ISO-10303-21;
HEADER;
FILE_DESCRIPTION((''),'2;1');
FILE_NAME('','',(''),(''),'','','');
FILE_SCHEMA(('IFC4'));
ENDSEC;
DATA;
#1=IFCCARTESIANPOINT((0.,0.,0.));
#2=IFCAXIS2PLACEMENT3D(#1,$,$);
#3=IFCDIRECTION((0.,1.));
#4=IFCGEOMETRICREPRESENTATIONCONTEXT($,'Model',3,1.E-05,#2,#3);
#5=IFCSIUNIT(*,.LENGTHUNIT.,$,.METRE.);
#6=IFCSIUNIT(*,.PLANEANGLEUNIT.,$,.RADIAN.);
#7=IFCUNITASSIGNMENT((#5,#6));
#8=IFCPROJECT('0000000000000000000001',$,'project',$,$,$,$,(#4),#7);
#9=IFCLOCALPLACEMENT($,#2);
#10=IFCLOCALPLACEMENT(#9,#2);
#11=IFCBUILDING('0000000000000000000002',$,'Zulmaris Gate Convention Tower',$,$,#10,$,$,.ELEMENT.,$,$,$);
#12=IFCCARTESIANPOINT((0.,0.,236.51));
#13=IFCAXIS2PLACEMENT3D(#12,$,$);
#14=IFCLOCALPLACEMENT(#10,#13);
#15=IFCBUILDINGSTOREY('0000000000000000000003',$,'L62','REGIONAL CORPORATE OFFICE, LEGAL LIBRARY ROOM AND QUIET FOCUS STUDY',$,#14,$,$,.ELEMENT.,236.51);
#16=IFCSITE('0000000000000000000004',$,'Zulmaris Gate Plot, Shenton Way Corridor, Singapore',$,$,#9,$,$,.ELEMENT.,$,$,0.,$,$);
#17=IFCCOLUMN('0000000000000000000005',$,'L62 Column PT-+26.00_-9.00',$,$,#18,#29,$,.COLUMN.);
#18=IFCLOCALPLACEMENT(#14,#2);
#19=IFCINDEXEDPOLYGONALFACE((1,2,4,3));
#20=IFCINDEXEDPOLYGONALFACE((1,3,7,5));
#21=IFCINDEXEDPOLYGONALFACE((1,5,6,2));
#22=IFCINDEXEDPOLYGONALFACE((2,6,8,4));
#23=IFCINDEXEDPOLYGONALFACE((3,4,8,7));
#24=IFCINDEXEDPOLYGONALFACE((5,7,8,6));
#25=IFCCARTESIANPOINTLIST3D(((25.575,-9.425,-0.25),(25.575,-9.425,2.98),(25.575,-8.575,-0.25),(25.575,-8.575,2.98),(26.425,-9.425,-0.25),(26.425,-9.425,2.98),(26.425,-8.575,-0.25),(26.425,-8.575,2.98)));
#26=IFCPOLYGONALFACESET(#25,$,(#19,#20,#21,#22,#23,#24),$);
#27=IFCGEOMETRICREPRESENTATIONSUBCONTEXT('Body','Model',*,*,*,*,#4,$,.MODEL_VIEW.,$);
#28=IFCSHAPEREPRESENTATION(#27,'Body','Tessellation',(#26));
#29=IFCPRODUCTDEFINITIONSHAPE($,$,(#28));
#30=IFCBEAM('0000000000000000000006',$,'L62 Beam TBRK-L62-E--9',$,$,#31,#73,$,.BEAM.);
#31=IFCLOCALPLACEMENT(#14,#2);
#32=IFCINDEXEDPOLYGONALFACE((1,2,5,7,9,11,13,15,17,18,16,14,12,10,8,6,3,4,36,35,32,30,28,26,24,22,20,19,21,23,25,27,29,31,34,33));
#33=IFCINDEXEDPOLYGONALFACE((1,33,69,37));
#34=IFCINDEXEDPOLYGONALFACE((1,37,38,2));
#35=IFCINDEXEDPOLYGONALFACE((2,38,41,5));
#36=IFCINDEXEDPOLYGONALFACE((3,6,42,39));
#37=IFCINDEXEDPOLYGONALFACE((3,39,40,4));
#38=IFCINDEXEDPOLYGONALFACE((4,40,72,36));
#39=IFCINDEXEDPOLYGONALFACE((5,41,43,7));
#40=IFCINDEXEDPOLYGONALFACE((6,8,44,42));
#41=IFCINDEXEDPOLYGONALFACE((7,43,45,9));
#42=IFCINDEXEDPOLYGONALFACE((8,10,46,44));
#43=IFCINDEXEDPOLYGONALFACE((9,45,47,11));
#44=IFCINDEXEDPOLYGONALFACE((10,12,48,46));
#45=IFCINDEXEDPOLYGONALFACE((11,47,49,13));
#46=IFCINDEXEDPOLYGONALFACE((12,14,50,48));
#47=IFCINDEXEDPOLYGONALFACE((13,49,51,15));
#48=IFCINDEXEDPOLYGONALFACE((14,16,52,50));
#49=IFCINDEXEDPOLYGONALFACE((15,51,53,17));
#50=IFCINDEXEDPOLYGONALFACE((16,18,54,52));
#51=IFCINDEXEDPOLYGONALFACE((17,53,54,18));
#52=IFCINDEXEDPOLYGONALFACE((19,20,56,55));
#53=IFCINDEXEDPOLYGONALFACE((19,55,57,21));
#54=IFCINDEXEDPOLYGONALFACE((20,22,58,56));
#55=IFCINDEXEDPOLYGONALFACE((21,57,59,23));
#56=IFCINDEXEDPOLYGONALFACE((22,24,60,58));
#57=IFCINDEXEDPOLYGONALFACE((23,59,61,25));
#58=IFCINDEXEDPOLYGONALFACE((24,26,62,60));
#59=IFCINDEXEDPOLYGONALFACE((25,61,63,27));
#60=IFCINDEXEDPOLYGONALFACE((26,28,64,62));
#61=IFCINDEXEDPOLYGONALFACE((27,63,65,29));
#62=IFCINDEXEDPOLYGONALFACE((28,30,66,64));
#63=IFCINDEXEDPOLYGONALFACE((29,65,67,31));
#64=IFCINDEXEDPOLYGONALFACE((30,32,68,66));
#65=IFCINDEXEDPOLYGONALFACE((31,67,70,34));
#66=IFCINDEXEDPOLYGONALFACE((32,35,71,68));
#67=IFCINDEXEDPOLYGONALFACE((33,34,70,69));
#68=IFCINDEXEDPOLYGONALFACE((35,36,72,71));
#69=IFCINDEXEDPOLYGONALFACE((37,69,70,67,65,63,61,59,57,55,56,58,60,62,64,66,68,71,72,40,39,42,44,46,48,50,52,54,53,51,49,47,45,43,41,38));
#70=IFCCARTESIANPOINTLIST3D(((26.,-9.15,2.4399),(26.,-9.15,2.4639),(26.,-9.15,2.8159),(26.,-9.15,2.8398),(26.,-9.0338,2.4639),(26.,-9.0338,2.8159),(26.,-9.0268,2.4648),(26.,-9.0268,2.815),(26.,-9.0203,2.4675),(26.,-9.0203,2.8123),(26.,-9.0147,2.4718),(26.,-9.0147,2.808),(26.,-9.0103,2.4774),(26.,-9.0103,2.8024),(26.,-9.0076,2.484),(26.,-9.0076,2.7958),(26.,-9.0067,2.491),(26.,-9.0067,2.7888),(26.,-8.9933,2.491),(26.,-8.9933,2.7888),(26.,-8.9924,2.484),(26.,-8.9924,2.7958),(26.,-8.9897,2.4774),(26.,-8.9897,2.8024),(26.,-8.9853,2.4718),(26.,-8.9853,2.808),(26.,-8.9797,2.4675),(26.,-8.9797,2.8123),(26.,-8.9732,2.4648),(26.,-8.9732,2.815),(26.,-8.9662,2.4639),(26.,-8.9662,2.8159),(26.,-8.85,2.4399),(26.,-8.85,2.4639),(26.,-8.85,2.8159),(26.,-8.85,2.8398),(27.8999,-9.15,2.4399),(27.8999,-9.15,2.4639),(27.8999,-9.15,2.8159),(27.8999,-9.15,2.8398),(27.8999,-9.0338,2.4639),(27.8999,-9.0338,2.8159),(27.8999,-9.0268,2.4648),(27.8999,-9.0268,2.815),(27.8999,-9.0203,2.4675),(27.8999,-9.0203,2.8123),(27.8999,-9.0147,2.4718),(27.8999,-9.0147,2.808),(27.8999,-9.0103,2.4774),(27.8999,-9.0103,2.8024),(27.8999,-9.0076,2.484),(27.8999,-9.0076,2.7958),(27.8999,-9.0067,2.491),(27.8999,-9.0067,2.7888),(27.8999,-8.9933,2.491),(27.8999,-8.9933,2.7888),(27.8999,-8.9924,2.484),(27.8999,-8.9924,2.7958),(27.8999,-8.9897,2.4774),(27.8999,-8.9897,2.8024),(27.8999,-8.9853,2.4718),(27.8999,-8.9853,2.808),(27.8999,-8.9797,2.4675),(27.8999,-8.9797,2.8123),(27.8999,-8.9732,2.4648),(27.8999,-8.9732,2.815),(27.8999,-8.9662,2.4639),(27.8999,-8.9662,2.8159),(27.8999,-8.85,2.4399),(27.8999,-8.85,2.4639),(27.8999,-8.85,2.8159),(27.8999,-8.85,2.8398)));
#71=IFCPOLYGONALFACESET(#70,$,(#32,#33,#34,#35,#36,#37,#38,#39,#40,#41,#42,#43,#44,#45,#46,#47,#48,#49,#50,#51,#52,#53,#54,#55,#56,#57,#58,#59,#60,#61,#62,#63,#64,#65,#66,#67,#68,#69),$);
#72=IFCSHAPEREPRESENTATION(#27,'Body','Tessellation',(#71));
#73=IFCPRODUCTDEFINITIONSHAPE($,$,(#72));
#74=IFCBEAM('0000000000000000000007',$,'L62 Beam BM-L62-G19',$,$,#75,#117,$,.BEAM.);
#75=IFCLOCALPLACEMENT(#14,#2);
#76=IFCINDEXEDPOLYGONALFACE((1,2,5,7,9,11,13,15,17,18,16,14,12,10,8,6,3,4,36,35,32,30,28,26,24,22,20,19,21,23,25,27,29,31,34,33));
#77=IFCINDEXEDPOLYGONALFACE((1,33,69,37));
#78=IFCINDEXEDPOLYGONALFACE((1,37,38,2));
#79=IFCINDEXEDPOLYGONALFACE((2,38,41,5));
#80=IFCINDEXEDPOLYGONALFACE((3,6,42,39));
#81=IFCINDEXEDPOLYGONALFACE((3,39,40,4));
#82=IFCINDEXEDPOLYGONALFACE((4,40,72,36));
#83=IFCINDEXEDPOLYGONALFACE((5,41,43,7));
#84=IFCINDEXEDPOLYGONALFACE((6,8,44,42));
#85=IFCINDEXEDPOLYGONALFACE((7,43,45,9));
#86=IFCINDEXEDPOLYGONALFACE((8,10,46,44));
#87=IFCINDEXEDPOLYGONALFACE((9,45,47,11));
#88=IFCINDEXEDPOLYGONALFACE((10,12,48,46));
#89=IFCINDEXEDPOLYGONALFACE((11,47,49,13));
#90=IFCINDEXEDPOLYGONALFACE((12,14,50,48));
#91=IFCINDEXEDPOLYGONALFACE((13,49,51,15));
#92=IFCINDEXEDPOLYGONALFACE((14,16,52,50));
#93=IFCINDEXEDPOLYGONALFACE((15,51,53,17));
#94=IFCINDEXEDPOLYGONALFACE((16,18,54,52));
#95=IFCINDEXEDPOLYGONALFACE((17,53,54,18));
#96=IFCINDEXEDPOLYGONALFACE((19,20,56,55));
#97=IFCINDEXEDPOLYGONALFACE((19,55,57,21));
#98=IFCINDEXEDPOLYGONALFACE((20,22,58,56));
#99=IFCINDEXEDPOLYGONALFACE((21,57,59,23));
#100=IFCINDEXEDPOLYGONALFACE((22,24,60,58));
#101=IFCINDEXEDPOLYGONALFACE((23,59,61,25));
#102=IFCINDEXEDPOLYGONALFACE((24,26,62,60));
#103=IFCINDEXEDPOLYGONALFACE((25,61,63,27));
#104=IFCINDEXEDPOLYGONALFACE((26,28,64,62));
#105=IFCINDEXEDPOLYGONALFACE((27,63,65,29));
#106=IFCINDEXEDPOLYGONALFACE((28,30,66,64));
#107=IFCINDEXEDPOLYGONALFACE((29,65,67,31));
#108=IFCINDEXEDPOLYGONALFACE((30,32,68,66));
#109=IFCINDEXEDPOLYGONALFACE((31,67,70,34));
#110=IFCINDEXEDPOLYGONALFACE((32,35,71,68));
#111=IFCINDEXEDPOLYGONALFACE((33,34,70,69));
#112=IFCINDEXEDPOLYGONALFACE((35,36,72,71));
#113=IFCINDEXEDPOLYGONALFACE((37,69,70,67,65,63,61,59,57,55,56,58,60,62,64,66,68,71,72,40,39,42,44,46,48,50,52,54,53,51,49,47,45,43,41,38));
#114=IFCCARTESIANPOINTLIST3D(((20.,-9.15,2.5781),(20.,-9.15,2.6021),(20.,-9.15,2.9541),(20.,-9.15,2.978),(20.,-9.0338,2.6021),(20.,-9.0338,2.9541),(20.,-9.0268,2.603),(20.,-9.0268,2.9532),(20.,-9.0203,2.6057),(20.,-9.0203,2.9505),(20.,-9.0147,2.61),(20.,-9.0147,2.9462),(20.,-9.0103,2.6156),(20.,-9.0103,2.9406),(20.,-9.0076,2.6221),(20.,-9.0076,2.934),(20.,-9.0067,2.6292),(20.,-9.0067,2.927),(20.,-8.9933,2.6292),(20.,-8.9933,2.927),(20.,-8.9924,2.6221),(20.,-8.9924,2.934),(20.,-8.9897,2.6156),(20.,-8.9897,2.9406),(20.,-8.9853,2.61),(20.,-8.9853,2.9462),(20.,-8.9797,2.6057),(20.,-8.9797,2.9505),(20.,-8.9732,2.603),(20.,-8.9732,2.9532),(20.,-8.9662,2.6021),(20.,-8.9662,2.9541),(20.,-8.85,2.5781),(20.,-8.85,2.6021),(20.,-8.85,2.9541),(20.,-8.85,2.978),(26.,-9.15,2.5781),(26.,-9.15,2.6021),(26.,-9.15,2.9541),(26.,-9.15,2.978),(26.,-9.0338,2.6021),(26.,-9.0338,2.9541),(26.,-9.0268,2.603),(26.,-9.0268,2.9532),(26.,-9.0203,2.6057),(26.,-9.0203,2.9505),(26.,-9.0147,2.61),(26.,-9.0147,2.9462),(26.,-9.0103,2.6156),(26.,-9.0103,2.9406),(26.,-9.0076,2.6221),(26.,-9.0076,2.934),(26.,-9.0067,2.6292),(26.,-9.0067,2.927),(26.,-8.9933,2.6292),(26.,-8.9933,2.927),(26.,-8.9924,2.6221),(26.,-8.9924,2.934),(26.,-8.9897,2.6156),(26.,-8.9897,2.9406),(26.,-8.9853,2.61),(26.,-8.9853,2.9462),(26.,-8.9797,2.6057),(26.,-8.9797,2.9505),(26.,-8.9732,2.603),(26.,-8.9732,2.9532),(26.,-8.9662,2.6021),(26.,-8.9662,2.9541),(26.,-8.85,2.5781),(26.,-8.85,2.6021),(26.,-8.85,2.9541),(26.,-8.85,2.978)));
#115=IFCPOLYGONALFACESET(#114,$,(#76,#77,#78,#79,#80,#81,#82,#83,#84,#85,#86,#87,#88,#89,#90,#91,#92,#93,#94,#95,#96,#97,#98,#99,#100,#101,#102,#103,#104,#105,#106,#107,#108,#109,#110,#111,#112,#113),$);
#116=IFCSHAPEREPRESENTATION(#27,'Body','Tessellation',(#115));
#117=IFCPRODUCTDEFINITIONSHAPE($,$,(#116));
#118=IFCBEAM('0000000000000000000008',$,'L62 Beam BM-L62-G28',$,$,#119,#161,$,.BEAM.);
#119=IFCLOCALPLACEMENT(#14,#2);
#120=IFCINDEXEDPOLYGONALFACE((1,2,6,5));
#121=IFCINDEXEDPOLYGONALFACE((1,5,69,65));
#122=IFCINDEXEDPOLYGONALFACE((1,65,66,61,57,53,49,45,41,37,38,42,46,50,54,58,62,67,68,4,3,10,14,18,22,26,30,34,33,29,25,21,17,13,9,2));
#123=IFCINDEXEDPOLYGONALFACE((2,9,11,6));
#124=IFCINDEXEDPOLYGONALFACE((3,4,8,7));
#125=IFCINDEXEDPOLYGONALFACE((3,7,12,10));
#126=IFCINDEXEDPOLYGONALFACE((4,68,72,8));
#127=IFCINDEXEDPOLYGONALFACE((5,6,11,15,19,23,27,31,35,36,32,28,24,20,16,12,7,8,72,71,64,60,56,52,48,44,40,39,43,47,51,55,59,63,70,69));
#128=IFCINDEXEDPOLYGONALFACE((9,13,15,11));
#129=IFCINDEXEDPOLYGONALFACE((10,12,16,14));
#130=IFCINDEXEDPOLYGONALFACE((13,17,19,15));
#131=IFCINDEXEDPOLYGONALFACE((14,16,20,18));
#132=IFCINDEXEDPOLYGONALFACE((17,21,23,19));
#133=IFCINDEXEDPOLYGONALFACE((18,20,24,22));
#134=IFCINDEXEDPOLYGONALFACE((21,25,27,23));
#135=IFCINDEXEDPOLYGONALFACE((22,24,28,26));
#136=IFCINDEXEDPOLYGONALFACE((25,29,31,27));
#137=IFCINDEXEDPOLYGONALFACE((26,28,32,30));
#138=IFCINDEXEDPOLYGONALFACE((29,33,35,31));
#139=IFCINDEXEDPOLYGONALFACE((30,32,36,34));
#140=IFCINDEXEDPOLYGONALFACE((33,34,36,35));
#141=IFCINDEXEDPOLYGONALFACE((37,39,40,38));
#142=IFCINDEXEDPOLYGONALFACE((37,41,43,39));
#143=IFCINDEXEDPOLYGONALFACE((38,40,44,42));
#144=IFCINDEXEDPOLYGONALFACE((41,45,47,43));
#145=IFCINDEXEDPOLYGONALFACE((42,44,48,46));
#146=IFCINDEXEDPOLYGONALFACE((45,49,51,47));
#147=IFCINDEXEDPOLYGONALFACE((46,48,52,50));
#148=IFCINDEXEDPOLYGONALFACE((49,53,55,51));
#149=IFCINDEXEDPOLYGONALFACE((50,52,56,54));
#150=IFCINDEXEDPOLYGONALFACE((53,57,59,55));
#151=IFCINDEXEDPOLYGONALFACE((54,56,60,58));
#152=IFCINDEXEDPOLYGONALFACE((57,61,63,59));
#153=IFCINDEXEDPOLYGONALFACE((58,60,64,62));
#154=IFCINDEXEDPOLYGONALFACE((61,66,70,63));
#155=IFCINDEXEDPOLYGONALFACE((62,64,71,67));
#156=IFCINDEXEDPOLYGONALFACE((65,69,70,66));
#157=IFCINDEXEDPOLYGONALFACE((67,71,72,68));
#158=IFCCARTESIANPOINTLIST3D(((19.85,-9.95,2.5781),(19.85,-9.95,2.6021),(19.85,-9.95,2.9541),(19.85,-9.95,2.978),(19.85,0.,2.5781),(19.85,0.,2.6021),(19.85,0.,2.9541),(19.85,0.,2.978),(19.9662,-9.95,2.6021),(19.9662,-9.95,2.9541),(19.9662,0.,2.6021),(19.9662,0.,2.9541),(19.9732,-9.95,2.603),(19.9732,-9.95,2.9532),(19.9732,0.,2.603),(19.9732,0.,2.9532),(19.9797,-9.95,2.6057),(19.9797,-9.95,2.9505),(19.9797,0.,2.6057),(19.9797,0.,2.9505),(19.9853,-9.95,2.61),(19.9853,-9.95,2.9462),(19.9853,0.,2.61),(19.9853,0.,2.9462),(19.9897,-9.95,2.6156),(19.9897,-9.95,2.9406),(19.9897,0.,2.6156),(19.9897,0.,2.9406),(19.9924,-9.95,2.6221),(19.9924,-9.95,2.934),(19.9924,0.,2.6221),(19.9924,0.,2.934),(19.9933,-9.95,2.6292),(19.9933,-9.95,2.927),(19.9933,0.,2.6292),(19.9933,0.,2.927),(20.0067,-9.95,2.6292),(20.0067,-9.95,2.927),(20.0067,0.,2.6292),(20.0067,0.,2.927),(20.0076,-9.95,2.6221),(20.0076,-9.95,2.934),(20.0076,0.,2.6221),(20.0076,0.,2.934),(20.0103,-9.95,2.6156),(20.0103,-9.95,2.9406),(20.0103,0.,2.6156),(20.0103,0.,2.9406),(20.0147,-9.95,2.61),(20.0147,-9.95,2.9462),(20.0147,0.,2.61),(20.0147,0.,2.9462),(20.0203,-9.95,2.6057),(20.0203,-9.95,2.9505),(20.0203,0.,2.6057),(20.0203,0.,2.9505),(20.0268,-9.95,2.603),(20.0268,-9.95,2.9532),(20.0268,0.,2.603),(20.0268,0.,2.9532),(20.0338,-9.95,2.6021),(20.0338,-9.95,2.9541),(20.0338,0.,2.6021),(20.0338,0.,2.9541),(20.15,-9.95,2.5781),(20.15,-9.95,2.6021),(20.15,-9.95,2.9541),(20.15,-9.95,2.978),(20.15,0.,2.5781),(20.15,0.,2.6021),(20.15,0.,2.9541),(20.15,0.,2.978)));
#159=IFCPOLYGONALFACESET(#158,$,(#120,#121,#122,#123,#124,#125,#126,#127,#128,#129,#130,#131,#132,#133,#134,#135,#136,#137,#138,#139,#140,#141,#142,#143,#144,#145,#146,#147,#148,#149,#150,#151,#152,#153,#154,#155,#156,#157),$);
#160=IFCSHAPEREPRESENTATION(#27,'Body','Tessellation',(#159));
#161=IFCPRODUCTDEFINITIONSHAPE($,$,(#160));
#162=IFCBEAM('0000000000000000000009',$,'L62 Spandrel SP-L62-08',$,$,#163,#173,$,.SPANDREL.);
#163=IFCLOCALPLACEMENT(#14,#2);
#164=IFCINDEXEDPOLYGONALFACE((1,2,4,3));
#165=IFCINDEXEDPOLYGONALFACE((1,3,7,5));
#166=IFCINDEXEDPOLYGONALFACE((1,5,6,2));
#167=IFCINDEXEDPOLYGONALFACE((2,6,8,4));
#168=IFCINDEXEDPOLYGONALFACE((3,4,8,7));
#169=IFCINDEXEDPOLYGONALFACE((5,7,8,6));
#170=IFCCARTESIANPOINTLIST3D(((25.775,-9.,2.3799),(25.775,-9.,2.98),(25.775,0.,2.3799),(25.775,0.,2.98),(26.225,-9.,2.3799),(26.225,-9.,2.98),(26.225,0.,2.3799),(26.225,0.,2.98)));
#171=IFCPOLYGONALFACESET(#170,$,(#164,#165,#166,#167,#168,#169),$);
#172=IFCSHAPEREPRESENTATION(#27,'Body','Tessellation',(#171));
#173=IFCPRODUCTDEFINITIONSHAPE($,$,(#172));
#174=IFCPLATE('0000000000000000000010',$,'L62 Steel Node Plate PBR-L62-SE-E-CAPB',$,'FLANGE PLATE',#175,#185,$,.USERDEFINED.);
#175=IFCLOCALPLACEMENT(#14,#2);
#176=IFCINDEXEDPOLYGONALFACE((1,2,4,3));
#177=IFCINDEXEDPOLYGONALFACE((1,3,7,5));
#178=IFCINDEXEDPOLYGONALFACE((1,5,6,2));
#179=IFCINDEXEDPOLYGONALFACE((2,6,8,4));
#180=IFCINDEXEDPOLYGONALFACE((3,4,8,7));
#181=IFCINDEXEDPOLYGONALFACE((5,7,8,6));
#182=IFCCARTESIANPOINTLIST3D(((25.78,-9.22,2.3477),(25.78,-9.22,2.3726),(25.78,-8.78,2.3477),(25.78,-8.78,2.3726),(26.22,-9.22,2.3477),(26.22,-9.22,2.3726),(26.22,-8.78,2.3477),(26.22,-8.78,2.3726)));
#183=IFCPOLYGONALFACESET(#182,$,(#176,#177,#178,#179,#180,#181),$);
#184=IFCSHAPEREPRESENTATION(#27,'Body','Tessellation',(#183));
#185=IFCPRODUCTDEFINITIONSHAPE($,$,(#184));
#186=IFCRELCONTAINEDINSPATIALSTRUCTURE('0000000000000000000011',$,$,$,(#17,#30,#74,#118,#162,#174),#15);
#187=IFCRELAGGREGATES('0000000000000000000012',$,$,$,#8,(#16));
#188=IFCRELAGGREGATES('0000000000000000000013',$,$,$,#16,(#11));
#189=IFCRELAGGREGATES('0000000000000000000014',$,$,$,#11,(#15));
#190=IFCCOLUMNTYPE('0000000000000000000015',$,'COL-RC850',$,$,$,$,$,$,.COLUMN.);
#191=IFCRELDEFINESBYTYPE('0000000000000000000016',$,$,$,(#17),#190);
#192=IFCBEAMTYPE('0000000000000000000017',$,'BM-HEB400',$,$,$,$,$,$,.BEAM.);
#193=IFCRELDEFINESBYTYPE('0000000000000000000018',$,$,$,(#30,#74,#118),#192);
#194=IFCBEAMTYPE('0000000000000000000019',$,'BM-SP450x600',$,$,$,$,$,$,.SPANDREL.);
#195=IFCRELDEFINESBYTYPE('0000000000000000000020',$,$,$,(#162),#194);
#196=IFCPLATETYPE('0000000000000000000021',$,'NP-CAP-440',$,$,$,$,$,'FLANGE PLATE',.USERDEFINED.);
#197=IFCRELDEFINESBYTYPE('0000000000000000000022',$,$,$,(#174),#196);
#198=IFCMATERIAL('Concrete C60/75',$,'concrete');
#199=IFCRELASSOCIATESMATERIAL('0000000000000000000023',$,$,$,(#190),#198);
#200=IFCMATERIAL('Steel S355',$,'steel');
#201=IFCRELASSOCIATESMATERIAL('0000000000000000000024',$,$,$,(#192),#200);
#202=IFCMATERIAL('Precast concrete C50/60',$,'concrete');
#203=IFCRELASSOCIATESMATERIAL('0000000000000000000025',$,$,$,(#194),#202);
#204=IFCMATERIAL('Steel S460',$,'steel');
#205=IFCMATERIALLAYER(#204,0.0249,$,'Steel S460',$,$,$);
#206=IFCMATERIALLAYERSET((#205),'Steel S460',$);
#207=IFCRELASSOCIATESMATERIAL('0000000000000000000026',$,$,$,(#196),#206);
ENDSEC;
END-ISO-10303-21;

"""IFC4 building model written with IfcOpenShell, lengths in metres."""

from ifc_helpers import new_model, si_unit, direction, frame, origin, origin_2d, place, context, subcontext, project, spatial, rectangle, i_section, extrude, material, layer, layer_set, material_profile, profile_set, type_object, element, save


model = new_model("IFC4")

# Units and contexts
model_context = context("Model", 3, precision=1e-05, world=origin(), true_north=direction((0.0, 1.0)))
body_context = subcontext(model_context, "Body", "Model", "MODEL_VIEW")
ifc_project = project(units=[si_unit("LENGTHUNIT", "METRE"), si_unit("PLANEANGLEUNIT", "RADIAN")], contexts=[model_context])

# Site, building, storey
site_placement = place(None, origin())
site = spatial("IfcSite", under=ifc_project, at=site_placement, Name="Zulmaris Gate Plot, Shenton Way Corridor, Singapore", CompositionType="ELEMENT", RefElevation=0.0)
building_placement = place(site_placement, origin())
building = spatial("IfcBuilding", under=site, at=building_placement, Name="Zulmaris Gate Convention Tower", CompositionType="ELEMENT")
storey_placement = place(building_placement, frame((0.0, 0.0, 236.51)))
storey = spatial("IfcBuildingStorey", under=building, at=storey_placement, Name="L62", Description="REGIONAL CORPORATE OFFICE, LEGAL LIBRARY ROOM AND QUIET FOCUS STUDY", CompositionType="ELEMENT", Elevation=236.51)

# Column
ifc_material_1 = material(Name="Concrete C60/75", Category="concrete")
ifc_material_profile_1 = material_profile(ifc_material_1, rectangle(XDim=0.8501, YDim=0.8501, at=origin_2d()), Name="RC COL 850x850")
ifc_profile_set_1 = profile_set([ifc_material_profile_1], Name="Concrete C60/75")
column_type = type_object("IfcColumnType", Name="COL-RC850", PredefinedType="COLUMN", material=ifc_profile_set_1)
column_placement = place(storey_placement, frame((26.0, -9.0, -0.25), z_axis=(0.0, 0.0, 1.0), x_axis=(1.0, 0.0, 0.0)))
element("IfcColumn", 1, at=column_placement, inside=storey, type_object=column_type, Name="L62 Column PT-+26.00_-9.00", PredefinedType="COLUMN", context=body_context, shape_type="SweptSolid", body=[
    extrude(rectangle(XDim=0.8501, YDim=0.8501, at=origin_2d()), origin(), (0.0, 0.0, 1.0), 3.23),
])

# Beams
ifc_material_2 = material(Name="Steel S355", Category="steel")
ifc_material_profile_2 = material_profile(ifc_material_2, i_section(OverallWidth=0.3, OverallDepth=0.3999, WebThickness=0.0134, FlangeThickness=0.0239, FilletRadius=0.0271, at=origin_2d()), Name="HEB 400")
ifc_profile_set_2 = profile_set([ifc_material_profile_2], Name="Steel S355")
beam_type_1 = type_object("IfcBeamType", Name="BM-HEB400", PredefinedType="BEAM", material=ifc_profile_set_2)
beam_1_placement = place(storey_placement, frame((26.0, -9.0, 2.6399), z_axis=(1.0, 0.0, 0.0), x_axis=(0.0, 1.0, 0.0)))
element("IfcBeam", 2, at=beam_1_placement, inside=storey, type_object=beam_type_1, Name="L62 Beam TBRK-L62-E--9", PredefinedType="BEAM", context=body_context, shape_type="SweptSolid", body=[
    extrude(i_section(OverallWidth=0.3, OverallDepth=0.3999, WebThickness=0.0134, FlangeThickness=0.0239, FilletRadius=0.0271, at=origin_2d()), origin(), (0.0, 0.0, 1.0), 1.8999),
])
beam_2_placement = place(storey_placement, frame((20.0, -9.0, 2.7781), z_axis=(1.0, 0.0, 0.0), x_axis=(0.0, 1.0, 0.0)))
element("IfcBeam", 3, at=beam_2_placement, inside=storey, type_object=beam_type_1, Name="L62 Beam BM-L62-G19", PredefinedType="BEAM", context=body_context, shape_type="SweptSolid", body=[
    extrude(i_section(OverallWidth=0.3, OverallDepth=0.3999, WebThickness=0.0134, FlangeThickness=0.0239, FilletRadius=0.0271, at=origin_2d()), origin(), (0.0, 0.0, 1.0), 6.0),
])
beam_3_placement = place(storey_placement, frame((20.0, -9.95, 2.7781), z_axis=(0.0, 1.0, 0.0), x_axis=(-1.0, 0.0, 0.0)))
element("IfcBeam", 4, at=beam_3_placement, inside=storey, type_object=beam_type_1, Name="L62 Beam BM-L62-G28", PredefinedType="BEAM", context=body_context, shape_type="SweptSolid", body=[
    extrude(i_section(OverallWidth=0.3, OverallDepth=0.3999, WebThickness=0.0134, FlangeThickness=0.0239, FilletRadius=0.0271, at=origin_2d()), origin(), (0.0, 0.0, 1.0), 9.95),
])
ifc_material_3 = material(Name="Precast concrete C50/60", Category="concrete")
ifc_material_profile_3 = material_profile(ifc_material_3, rectangle(XDim=0.45, YDim=0.6001, at=origin_2d()), Name="RC SPANDREL 450x600")
ifc_profile_set_3 = profile_set([ifc_material_profile_3], Name="Precast concrete C50/60")
beam_type_2 = type_object("IfcBeamType", Name="BM-SP450x600", PredefinedType="SPANDREL", material=ifc_profile_set_3)
beam_4_placement = place(storey_placement, frame((26.0, -9.0, 2.6799), z_axis=(0.0, 1.0, 0.0), x_axis=(-1.0, 0.0, 0.0)))
element("IfcBeam", 5, at=beam_4_placement, inside=storey, type_object=beam_type_2, Name="L62 Spandrel SP-L62-08", PredefinedType="SPANDREL", context=body_context, shape_type="SweptSolid", body=[
    extrude(rectangle(XDim=0.45, YDim=0.6001, at=origin_2d()), origin(), (0.0, 0.0, 1.0), 9.0),
])

# Plate
ifc_material_4 = material(Name="Steel S460", Category="steel")
ifc_layer_1 = layer(ifc_material_4, 0.0249, Name="Steel S460")
ifc_layer_set_1 = layer_set([ifc_layer_1], Name="Steel S460")
plate_type = type_object("IfcPlateType", Name="NP-CAP-440", ElementType="FLANGE PLATE", PredefinedType="USERDEFINED", material=ifc_layer_set_1)
plate_placement = place(storey_placement, frame((26.0, -9.0, 2.3477), z_axis=(0.0, 0.0, 1.0), x_axis=(1.0, 0.0, 0.0)))
element("IfcPlate", 6, at=plate_placement, inside=storey, type_object=plate_type, Name="L62 Steel Node Plate PBR-L62-SE-E-CAPB", ObjectType="FLANGE PLATE", PredefinedType="USERDEFINED", context=body_context, shape_type="SweptSolid", body=[
    extrude(rectangle(XDim=0.4399, YDim=0.4399, at=origin_2d()), origin(), (0.0, 0.0, 1.0), 0.0249),
])

save(model, "model.ifc")
